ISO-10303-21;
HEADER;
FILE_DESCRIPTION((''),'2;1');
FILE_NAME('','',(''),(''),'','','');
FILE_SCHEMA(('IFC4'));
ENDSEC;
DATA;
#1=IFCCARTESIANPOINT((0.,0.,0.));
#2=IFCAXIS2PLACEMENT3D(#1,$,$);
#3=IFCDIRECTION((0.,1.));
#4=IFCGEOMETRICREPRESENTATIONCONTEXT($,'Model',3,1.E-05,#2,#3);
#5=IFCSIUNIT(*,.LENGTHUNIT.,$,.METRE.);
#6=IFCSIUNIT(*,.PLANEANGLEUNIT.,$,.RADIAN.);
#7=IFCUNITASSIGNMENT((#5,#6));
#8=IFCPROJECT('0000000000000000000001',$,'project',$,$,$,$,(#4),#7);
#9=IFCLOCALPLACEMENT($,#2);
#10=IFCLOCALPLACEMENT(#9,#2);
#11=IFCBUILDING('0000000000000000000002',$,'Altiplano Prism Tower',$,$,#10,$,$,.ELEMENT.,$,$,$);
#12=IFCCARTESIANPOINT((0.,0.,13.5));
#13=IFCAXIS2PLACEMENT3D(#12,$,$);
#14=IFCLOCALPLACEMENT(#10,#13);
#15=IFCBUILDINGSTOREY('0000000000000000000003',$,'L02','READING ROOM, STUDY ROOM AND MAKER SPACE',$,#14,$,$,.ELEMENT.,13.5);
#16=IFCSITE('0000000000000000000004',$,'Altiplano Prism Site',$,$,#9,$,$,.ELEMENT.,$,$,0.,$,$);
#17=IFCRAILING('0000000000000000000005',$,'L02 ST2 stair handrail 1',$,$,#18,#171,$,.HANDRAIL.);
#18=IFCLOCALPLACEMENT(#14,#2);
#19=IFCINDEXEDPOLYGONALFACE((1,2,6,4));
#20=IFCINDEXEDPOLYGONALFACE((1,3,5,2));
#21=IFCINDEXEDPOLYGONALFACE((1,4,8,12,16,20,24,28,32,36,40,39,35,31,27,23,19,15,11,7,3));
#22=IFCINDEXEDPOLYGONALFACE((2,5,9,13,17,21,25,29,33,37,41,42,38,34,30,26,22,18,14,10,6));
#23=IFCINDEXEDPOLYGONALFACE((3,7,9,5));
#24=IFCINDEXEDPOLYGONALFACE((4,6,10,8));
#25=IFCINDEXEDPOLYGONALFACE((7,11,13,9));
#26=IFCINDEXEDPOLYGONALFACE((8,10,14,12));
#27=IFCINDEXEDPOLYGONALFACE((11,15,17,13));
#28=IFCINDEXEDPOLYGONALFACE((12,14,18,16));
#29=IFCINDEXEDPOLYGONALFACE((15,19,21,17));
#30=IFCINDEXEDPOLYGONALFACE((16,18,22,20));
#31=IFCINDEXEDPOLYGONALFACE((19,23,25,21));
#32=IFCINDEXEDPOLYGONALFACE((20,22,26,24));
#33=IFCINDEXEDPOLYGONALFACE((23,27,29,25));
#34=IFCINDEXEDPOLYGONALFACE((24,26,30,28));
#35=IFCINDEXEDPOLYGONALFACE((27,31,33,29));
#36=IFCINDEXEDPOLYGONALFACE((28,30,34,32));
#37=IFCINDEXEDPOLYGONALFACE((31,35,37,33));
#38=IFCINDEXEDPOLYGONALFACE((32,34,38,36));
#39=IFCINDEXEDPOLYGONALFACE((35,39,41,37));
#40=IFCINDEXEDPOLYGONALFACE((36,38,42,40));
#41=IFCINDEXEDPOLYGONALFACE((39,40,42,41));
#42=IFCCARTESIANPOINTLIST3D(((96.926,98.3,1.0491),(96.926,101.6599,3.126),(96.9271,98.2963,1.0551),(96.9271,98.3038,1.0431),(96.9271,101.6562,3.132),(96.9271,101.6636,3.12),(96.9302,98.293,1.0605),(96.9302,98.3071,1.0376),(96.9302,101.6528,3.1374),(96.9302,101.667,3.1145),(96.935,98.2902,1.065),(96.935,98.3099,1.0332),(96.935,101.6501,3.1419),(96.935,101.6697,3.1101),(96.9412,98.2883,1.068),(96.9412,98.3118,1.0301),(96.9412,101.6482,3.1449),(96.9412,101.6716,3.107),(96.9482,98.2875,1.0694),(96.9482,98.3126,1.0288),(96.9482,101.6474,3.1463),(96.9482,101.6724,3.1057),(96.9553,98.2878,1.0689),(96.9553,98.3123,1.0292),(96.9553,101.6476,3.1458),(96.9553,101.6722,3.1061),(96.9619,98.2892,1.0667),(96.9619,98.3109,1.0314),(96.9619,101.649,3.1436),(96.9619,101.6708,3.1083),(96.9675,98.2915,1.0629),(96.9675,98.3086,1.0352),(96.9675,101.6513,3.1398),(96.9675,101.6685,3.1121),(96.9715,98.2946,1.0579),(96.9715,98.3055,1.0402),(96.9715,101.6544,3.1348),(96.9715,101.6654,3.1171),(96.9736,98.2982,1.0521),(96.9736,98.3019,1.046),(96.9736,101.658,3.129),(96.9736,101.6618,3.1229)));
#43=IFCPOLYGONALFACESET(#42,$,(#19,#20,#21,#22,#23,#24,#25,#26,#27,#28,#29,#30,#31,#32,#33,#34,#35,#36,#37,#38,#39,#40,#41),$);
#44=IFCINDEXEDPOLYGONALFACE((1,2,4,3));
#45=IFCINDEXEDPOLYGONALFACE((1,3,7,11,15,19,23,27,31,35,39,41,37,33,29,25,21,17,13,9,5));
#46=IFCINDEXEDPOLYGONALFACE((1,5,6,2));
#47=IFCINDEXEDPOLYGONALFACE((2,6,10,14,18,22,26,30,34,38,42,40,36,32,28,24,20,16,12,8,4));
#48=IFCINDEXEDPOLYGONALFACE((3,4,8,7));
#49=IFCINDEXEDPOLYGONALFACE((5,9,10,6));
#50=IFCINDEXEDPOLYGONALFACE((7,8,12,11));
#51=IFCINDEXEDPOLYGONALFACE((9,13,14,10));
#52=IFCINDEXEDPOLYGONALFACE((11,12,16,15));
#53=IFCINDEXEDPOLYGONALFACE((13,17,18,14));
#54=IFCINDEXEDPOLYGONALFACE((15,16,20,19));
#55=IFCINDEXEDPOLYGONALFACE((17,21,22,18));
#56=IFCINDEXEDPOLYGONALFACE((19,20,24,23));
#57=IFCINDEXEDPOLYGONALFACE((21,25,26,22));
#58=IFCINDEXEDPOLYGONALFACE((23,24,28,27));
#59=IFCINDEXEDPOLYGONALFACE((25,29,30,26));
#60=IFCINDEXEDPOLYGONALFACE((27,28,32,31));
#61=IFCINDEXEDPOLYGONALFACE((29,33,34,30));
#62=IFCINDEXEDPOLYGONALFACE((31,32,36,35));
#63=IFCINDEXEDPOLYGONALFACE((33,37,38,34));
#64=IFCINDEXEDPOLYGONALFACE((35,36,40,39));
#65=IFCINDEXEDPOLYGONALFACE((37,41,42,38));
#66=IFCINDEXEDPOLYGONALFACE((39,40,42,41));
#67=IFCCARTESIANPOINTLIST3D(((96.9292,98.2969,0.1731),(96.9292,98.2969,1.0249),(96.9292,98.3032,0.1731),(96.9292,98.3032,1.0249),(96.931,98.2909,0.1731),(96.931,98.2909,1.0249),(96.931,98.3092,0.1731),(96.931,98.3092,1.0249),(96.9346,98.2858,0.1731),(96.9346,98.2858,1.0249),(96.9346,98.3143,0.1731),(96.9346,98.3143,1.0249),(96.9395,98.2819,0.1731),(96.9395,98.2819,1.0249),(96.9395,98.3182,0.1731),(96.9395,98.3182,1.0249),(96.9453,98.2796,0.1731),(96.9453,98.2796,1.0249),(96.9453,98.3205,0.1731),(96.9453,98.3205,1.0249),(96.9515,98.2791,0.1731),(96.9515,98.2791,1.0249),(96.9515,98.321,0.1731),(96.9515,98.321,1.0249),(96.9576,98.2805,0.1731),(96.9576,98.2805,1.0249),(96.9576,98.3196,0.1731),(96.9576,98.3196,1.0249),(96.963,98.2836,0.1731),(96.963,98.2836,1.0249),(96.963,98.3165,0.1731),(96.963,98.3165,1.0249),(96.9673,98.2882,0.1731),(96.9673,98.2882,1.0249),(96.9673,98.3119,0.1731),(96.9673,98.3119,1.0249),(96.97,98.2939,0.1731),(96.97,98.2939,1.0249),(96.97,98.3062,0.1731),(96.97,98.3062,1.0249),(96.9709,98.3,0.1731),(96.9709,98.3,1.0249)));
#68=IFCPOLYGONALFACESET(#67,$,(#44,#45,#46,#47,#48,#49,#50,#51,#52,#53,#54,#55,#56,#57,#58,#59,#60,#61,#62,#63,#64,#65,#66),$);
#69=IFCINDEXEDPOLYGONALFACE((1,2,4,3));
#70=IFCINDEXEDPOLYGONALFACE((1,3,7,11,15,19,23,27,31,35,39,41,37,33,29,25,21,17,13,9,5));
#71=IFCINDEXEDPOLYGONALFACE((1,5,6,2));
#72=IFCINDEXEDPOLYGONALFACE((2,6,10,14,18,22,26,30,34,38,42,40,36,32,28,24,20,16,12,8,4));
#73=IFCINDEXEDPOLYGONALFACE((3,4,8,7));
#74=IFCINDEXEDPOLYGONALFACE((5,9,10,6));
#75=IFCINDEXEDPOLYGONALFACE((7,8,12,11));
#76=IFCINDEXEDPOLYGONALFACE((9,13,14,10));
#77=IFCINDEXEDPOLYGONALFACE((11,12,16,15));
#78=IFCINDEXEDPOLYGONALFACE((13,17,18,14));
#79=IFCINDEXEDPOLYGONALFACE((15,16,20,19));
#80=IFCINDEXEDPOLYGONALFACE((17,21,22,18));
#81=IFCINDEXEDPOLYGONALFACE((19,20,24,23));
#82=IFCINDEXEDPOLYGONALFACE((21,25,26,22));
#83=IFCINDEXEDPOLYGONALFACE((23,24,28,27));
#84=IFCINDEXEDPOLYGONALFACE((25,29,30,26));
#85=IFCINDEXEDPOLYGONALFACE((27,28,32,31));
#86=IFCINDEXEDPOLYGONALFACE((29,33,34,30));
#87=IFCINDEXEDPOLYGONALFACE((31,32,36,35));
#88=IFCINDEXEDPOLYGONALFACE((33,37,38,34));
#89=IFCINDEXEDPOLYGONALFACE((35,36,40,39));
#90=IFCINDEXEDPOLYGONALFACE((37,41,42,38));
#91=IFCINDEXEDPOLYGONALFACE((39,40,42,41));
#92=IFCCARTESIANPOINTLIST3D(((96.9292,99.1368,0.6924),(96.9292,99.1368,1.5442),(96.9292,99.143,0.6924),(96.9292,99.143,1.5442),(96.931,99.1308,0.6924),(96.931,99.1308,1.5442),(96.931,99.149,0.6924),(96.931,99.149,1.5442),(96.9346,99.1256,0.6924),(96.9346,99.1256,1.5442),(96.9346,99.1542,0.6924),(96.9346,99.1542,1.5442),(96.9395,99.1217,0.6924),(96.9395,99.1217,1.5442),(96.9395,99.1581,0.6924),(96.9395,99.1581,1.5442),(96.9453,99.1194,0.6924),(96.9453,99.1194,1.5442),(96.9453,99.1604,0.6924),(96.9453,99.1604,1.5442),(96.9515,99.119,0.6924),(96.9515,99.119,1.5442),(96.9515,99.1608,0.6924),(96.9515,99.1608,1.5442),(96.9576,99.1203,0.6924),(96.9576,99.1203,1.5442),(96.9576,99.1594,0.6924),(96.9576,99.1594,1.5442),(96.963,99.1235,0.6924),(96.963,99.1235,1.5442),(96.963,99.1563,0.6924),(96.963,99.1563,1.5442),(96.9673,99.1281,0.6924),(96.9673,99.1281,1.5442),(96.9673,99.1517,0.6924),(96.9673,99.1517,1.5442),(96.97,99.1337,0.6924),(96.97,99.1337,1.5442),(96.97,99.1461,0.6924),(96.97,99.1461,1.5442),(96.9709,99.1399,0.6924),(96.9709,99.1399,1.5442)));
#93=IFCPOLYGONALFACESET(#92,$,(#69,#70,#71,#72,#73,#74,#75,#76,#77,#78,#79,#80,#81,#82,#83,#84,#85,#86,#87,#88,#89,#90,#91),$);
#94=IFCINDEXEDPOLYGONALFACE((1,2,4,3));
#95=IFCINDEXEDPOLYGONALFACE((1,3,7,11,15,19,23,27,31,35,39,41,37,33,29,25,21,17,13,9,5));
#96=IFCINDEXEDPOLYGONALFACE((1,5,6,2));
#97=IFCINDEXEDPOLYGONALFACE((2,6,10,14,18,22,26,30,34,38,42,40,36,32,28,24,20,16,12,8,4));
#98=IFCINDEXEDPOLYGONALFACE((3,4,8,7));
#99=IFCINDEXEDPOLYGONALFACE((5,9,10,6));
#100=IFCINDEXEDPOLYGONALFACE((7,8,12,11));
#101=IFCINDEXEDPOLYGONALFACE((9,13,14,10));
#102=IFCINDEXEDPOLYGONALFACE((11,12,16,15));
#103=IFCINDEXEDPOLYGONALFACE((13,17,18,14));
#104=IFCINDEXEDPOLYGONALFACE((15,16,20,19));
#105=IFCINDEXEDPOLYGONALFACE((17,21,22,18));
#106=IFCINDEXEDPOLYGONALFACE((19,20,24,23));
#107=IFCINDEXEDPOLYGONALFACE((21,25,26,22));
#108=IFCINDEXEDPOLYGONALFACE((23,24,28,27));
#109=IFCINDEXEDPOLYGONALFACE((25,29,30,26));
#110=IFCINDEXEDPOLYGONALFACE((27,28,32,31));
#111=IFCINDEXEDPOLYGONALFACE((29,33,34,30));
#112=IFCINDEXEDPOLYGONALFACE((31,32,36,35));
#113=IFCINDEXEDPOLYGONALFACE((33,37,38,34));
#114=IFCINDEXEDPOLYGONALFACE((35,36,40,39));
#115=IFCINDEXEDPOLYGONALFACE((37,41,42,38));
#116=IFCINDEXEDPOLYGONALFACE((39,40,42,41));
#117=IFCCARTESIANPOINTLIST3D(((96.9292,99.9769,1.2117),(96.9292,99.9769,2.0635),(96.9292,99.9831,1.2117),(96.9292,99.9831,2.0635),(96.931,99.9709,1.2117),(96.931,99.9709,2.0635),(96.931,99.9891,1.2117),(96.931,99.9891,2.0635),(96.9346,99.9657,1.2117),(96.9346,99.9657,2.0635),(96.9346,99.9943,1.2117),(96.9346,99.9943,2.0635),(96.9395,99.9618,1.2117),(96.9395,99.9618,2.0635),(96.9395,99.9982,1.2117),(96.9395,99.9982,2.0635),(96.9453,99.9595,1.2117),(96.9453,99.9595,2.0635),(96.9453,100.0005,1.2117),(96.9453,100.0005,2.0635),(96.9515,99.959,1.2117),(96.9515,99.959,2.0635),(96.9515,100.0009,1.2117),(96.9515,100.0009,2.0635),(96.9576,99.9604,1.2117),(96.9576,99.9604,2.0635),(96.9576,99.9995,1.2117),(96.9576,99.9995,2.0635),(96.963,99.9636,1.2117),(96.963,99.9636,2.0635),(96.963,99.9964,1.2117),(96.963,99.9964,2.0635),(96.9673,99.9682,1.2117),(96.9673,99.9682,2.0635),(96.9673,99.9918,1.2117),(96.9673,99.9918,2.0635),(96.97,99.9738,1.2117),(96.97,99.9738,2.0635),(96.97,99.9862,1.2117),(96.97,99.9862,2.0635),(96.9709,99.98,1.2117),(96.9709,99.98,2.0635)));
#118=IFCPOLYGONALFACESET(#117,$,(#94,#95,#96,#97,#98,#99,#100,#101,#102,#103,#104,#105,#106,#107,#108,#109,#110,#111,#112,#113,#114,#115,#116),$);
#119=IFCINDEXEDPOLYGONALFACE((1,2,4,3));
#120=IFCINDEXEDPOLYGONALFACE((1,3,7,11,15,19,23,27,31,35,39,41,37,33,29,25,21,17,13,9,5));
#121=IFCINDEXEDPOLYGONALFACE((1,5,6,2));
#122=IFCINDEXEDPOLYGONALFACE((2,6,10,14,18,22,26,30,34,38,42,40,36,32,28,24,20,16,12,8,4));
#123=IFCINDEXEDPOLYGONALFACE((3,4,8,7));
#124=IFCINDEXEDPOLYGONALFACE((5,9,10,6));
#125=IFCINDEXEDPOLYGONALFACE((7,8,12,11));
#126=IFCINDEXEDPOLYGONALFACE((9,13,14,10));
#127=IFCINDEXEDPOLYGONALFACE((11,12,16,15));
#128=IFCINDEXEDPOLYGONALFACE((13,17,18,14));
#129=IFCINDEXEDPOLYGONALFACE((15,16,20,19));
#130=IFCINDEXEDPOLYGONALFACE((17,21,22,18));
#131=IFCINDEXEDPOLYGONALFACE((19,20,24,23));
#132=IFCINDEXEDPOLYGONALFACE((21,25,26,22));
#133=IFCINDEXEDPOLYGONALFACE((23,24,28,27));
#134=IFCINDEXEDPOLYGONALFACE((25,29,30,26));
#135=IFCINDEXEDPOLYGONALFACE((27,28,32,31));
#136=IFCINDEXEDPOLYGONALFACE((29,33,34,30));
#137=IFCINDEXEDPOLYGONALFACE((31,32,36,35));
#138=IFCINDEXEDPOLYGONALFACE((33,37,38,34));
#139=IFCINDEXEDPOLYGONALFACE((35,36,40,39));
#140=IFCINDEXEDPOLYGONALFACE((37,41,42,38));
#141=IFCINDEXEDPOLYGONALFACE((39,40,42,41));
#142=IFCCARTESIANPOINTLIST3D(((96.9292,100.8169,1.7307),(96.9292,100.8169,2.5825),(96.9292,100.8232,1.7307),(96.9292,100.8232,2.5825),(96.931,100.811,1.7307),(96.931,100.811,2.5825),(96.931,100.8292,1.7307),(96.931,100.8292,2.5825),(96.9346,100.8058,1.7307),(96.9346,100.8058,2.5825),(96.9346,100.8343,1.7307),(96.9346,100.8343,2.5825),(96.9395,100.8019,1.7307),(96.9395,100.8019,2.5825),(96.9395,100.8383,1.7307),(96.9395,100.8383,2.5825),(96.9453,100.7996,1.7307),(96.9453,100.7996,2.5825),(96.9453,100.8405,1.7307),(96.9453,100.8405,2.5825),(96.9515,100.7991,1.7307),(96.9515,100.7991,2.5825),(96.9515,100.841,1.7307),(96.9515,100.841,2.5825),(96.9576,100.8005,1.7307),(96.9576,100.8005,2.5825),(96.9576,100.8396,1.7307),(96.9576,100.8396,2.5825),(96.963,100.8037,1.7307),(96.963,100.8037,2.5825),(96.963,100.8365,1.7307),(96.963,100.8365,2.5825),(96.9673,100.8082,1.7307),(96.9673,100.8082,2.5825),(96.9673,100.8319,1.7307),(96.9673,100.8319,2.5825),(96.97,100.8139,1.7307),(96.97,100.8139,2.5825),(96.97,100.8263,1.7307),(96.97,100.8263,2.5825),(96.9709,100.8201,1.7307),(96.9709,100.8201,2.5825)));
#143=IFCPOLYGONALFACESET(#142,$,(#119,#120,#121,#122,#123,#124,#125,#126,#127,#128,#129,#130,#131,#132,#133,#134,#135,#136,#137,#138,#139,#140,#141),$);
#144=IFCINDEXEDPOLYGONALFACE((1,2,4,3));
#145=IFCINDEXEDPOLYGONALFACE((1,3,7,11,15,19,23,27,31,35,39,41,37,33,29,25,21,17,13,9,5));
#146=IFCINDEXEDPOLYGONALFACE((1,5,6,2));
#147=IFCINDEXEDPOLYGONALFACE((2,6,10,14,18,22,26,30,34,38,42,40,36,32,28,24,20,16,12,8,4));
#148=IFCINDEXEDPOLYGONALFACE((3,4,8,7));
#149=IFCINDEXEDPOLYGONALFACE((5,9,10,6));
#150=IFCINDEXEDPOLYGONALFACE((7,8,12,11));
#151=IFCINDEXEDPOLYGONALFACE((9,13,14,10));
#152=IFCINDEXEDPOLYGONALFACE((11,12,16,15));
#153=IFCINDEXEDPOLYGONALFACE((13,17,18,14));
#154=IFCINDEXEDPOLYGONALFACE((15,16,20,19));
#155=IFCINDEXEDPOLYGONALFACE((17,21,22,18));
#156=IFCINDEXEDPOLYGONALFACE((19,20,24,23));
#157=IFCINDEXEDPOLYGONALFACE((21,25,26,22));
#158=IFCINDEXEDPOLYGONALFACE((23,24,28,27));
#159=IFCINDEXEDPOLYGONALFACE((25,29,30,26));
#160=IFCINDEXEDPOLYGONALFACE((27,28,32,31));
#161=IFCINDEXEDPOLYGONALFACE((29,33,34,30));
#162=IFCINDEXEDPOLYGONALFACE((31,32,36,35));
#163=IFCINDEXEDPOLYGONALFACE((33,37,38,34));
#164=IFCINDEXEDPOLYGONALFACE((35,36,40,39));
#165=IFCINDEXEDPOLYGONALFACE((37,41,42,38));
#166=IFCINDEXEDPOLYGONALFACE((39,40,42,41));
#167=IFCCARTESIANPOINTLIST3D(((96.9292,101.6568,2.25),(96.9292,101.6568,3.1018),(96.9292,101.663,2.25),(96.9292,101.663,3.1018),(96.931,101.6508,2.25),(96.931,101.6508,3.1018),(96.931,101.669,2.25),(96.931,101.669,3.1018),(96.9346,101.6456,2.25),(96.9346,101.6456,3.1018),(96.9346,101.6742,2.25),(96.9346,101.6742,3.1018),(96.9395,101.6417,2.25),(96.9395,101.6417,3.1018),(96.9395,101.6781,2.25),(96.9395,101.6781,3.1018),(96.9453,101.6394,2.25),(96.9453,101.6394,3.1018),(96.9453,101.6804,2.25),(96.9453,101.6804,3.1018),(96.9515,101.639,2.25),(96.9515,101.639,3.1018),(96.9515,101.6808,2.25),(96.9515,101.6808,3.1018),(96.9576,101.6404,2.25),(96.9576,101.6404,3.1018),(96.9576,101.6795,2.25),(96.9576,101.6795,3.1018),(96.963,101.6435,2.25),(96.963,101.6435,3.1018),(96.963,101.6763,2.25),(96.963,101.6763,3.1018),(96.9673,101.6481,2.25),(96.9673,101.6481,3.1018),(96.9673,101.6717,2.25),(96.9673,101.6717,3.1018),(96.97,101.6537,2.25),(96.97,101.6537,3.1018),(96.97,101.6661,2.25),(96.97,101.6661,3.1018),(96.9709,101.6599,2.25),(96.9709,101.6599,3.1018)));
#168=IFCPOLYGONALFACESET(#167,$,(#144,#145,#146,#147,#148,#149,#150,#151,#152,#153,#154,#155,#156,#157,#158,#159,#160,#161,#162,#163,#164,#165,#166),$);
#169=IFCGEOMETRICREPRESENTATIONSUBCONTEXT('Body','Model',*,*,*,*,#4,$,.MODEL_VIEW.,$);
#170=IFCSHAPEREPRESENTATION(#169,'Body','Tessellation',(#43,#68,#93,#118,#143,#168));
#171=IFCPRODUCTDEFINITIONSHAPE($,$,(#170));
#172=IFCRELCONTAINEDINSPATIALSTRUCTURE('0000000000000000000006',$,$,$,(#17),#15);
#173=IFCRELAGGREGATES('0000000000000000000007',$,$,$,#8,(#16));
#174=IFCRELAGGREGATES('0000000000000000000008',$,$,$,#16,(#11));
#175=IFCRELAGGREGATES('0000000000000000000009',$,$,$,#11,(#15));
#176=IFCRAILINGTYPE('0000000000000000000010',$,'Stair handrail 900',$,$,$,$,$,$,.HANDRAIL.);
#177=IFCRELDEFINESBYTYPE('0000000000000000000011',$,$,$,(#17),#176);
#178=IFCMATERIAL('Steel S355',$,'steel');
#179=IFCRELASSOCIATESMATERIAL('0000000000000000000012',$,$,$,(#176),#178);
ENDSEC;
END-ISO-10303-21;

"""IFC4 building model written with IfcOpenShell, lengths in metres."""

from ifc_helpers import new_model, si_unit, direction, frame, origin, origin_2d, place, context, subcontext, project, spatial, circle, extrude, material, type_object, element, save


model = new_model("IFC4")

# Units and contexts
model_context = context("Model", 3, precision=1e-05, world=origin(), true_north=direction((0.0, 1.0)))
body_context = subcontext(model_context, "Body", "Model", "MODEL_VIEW")
ifc_project = project(units=[si_unit("LENGTHUNIT", "METRE"), si_unit("PLANEANGLEUNIT", "RADIAN")], contexts=[model_context])

# Site, building, storey
site_placement = place(None, origin())
site = spatial("IfcSite", under=ifc_project, at=site_placement, Name="Altiplano Prism Site", CompositionType="ELEMENT", RefElevation=0.0)
building_placement = place(site_placement, origin())
building = spatial("IfcBuilding", under=site, at=building_placement, Name="Altiplano Prism Tower", CompositionType="ELEMENT")
storey_placement = place(building_placement, frame((0.0, 0.0, 13.5)))
storey = spatial("IfcBuildingStorey", under=building, at=storey_placement, Name="L02", Description="READING ROOM, STUDY ROOM AND MAKER SPACE", CompositionType="ELEMENT", Elevation=13.5)

# Railing
ifc_material_1 = material(Name="Steel S355", Category="steel")
railing_type = type_object("IfcRailingType", Name="Stair handrail 900", PredefinedType="HANDRAIL", material=ifc_material_1)
railing_placement = place(storey_placement, frame((96.95, 98.3, 0.1731)))
element("IfcRailing", 1, at=railing_placement, inside=storey, type_object=railing_type, Name="L02 ST2 stair handrail 1", PredefinedType="HANDRAIL", context=body_context, shape_type="SweptSolid", body=[
    extrude(circle(Radius=0.0239, at=origin_2d()), frame((0.0, 0.0, 0.876), z_axis=(0.0, 0.850606, 0.525803), x_axis=(-1.0, 0.0, 0.0)), (0.0, 0.0, 1.0), 3.95),
    extrude(circle(Radius=0.021, at=origin_2d()), origin(), (0.0, 0.0, 1.0), 0.8518),
    extrude(circle(Radius=0.021, at=origin_2d()), frame((0.0, 0.8398, 0.5193)), (0.0, 0.0, 1.0), 0.8518),
    extrude(circle(Radius=0.021, at=origin_2d()), frame((0.0, 1.6799, 1.0386)), (0.0, 0.0, 1.0), 0.8518),
    extrude(circle(Radius=0.021, at=origin_2d()), frame((0.0, 2.52, 1.5576)), (0.0, 0.0, 1.0), 0.8518),
    extrude(circle(Radius=0.021, at=origin_2d()), frame((0.0, 3.3599, 2.0769)), (0.0, 0.0, 1.0), 0.8518),
])

save(model, "model.ifc")
